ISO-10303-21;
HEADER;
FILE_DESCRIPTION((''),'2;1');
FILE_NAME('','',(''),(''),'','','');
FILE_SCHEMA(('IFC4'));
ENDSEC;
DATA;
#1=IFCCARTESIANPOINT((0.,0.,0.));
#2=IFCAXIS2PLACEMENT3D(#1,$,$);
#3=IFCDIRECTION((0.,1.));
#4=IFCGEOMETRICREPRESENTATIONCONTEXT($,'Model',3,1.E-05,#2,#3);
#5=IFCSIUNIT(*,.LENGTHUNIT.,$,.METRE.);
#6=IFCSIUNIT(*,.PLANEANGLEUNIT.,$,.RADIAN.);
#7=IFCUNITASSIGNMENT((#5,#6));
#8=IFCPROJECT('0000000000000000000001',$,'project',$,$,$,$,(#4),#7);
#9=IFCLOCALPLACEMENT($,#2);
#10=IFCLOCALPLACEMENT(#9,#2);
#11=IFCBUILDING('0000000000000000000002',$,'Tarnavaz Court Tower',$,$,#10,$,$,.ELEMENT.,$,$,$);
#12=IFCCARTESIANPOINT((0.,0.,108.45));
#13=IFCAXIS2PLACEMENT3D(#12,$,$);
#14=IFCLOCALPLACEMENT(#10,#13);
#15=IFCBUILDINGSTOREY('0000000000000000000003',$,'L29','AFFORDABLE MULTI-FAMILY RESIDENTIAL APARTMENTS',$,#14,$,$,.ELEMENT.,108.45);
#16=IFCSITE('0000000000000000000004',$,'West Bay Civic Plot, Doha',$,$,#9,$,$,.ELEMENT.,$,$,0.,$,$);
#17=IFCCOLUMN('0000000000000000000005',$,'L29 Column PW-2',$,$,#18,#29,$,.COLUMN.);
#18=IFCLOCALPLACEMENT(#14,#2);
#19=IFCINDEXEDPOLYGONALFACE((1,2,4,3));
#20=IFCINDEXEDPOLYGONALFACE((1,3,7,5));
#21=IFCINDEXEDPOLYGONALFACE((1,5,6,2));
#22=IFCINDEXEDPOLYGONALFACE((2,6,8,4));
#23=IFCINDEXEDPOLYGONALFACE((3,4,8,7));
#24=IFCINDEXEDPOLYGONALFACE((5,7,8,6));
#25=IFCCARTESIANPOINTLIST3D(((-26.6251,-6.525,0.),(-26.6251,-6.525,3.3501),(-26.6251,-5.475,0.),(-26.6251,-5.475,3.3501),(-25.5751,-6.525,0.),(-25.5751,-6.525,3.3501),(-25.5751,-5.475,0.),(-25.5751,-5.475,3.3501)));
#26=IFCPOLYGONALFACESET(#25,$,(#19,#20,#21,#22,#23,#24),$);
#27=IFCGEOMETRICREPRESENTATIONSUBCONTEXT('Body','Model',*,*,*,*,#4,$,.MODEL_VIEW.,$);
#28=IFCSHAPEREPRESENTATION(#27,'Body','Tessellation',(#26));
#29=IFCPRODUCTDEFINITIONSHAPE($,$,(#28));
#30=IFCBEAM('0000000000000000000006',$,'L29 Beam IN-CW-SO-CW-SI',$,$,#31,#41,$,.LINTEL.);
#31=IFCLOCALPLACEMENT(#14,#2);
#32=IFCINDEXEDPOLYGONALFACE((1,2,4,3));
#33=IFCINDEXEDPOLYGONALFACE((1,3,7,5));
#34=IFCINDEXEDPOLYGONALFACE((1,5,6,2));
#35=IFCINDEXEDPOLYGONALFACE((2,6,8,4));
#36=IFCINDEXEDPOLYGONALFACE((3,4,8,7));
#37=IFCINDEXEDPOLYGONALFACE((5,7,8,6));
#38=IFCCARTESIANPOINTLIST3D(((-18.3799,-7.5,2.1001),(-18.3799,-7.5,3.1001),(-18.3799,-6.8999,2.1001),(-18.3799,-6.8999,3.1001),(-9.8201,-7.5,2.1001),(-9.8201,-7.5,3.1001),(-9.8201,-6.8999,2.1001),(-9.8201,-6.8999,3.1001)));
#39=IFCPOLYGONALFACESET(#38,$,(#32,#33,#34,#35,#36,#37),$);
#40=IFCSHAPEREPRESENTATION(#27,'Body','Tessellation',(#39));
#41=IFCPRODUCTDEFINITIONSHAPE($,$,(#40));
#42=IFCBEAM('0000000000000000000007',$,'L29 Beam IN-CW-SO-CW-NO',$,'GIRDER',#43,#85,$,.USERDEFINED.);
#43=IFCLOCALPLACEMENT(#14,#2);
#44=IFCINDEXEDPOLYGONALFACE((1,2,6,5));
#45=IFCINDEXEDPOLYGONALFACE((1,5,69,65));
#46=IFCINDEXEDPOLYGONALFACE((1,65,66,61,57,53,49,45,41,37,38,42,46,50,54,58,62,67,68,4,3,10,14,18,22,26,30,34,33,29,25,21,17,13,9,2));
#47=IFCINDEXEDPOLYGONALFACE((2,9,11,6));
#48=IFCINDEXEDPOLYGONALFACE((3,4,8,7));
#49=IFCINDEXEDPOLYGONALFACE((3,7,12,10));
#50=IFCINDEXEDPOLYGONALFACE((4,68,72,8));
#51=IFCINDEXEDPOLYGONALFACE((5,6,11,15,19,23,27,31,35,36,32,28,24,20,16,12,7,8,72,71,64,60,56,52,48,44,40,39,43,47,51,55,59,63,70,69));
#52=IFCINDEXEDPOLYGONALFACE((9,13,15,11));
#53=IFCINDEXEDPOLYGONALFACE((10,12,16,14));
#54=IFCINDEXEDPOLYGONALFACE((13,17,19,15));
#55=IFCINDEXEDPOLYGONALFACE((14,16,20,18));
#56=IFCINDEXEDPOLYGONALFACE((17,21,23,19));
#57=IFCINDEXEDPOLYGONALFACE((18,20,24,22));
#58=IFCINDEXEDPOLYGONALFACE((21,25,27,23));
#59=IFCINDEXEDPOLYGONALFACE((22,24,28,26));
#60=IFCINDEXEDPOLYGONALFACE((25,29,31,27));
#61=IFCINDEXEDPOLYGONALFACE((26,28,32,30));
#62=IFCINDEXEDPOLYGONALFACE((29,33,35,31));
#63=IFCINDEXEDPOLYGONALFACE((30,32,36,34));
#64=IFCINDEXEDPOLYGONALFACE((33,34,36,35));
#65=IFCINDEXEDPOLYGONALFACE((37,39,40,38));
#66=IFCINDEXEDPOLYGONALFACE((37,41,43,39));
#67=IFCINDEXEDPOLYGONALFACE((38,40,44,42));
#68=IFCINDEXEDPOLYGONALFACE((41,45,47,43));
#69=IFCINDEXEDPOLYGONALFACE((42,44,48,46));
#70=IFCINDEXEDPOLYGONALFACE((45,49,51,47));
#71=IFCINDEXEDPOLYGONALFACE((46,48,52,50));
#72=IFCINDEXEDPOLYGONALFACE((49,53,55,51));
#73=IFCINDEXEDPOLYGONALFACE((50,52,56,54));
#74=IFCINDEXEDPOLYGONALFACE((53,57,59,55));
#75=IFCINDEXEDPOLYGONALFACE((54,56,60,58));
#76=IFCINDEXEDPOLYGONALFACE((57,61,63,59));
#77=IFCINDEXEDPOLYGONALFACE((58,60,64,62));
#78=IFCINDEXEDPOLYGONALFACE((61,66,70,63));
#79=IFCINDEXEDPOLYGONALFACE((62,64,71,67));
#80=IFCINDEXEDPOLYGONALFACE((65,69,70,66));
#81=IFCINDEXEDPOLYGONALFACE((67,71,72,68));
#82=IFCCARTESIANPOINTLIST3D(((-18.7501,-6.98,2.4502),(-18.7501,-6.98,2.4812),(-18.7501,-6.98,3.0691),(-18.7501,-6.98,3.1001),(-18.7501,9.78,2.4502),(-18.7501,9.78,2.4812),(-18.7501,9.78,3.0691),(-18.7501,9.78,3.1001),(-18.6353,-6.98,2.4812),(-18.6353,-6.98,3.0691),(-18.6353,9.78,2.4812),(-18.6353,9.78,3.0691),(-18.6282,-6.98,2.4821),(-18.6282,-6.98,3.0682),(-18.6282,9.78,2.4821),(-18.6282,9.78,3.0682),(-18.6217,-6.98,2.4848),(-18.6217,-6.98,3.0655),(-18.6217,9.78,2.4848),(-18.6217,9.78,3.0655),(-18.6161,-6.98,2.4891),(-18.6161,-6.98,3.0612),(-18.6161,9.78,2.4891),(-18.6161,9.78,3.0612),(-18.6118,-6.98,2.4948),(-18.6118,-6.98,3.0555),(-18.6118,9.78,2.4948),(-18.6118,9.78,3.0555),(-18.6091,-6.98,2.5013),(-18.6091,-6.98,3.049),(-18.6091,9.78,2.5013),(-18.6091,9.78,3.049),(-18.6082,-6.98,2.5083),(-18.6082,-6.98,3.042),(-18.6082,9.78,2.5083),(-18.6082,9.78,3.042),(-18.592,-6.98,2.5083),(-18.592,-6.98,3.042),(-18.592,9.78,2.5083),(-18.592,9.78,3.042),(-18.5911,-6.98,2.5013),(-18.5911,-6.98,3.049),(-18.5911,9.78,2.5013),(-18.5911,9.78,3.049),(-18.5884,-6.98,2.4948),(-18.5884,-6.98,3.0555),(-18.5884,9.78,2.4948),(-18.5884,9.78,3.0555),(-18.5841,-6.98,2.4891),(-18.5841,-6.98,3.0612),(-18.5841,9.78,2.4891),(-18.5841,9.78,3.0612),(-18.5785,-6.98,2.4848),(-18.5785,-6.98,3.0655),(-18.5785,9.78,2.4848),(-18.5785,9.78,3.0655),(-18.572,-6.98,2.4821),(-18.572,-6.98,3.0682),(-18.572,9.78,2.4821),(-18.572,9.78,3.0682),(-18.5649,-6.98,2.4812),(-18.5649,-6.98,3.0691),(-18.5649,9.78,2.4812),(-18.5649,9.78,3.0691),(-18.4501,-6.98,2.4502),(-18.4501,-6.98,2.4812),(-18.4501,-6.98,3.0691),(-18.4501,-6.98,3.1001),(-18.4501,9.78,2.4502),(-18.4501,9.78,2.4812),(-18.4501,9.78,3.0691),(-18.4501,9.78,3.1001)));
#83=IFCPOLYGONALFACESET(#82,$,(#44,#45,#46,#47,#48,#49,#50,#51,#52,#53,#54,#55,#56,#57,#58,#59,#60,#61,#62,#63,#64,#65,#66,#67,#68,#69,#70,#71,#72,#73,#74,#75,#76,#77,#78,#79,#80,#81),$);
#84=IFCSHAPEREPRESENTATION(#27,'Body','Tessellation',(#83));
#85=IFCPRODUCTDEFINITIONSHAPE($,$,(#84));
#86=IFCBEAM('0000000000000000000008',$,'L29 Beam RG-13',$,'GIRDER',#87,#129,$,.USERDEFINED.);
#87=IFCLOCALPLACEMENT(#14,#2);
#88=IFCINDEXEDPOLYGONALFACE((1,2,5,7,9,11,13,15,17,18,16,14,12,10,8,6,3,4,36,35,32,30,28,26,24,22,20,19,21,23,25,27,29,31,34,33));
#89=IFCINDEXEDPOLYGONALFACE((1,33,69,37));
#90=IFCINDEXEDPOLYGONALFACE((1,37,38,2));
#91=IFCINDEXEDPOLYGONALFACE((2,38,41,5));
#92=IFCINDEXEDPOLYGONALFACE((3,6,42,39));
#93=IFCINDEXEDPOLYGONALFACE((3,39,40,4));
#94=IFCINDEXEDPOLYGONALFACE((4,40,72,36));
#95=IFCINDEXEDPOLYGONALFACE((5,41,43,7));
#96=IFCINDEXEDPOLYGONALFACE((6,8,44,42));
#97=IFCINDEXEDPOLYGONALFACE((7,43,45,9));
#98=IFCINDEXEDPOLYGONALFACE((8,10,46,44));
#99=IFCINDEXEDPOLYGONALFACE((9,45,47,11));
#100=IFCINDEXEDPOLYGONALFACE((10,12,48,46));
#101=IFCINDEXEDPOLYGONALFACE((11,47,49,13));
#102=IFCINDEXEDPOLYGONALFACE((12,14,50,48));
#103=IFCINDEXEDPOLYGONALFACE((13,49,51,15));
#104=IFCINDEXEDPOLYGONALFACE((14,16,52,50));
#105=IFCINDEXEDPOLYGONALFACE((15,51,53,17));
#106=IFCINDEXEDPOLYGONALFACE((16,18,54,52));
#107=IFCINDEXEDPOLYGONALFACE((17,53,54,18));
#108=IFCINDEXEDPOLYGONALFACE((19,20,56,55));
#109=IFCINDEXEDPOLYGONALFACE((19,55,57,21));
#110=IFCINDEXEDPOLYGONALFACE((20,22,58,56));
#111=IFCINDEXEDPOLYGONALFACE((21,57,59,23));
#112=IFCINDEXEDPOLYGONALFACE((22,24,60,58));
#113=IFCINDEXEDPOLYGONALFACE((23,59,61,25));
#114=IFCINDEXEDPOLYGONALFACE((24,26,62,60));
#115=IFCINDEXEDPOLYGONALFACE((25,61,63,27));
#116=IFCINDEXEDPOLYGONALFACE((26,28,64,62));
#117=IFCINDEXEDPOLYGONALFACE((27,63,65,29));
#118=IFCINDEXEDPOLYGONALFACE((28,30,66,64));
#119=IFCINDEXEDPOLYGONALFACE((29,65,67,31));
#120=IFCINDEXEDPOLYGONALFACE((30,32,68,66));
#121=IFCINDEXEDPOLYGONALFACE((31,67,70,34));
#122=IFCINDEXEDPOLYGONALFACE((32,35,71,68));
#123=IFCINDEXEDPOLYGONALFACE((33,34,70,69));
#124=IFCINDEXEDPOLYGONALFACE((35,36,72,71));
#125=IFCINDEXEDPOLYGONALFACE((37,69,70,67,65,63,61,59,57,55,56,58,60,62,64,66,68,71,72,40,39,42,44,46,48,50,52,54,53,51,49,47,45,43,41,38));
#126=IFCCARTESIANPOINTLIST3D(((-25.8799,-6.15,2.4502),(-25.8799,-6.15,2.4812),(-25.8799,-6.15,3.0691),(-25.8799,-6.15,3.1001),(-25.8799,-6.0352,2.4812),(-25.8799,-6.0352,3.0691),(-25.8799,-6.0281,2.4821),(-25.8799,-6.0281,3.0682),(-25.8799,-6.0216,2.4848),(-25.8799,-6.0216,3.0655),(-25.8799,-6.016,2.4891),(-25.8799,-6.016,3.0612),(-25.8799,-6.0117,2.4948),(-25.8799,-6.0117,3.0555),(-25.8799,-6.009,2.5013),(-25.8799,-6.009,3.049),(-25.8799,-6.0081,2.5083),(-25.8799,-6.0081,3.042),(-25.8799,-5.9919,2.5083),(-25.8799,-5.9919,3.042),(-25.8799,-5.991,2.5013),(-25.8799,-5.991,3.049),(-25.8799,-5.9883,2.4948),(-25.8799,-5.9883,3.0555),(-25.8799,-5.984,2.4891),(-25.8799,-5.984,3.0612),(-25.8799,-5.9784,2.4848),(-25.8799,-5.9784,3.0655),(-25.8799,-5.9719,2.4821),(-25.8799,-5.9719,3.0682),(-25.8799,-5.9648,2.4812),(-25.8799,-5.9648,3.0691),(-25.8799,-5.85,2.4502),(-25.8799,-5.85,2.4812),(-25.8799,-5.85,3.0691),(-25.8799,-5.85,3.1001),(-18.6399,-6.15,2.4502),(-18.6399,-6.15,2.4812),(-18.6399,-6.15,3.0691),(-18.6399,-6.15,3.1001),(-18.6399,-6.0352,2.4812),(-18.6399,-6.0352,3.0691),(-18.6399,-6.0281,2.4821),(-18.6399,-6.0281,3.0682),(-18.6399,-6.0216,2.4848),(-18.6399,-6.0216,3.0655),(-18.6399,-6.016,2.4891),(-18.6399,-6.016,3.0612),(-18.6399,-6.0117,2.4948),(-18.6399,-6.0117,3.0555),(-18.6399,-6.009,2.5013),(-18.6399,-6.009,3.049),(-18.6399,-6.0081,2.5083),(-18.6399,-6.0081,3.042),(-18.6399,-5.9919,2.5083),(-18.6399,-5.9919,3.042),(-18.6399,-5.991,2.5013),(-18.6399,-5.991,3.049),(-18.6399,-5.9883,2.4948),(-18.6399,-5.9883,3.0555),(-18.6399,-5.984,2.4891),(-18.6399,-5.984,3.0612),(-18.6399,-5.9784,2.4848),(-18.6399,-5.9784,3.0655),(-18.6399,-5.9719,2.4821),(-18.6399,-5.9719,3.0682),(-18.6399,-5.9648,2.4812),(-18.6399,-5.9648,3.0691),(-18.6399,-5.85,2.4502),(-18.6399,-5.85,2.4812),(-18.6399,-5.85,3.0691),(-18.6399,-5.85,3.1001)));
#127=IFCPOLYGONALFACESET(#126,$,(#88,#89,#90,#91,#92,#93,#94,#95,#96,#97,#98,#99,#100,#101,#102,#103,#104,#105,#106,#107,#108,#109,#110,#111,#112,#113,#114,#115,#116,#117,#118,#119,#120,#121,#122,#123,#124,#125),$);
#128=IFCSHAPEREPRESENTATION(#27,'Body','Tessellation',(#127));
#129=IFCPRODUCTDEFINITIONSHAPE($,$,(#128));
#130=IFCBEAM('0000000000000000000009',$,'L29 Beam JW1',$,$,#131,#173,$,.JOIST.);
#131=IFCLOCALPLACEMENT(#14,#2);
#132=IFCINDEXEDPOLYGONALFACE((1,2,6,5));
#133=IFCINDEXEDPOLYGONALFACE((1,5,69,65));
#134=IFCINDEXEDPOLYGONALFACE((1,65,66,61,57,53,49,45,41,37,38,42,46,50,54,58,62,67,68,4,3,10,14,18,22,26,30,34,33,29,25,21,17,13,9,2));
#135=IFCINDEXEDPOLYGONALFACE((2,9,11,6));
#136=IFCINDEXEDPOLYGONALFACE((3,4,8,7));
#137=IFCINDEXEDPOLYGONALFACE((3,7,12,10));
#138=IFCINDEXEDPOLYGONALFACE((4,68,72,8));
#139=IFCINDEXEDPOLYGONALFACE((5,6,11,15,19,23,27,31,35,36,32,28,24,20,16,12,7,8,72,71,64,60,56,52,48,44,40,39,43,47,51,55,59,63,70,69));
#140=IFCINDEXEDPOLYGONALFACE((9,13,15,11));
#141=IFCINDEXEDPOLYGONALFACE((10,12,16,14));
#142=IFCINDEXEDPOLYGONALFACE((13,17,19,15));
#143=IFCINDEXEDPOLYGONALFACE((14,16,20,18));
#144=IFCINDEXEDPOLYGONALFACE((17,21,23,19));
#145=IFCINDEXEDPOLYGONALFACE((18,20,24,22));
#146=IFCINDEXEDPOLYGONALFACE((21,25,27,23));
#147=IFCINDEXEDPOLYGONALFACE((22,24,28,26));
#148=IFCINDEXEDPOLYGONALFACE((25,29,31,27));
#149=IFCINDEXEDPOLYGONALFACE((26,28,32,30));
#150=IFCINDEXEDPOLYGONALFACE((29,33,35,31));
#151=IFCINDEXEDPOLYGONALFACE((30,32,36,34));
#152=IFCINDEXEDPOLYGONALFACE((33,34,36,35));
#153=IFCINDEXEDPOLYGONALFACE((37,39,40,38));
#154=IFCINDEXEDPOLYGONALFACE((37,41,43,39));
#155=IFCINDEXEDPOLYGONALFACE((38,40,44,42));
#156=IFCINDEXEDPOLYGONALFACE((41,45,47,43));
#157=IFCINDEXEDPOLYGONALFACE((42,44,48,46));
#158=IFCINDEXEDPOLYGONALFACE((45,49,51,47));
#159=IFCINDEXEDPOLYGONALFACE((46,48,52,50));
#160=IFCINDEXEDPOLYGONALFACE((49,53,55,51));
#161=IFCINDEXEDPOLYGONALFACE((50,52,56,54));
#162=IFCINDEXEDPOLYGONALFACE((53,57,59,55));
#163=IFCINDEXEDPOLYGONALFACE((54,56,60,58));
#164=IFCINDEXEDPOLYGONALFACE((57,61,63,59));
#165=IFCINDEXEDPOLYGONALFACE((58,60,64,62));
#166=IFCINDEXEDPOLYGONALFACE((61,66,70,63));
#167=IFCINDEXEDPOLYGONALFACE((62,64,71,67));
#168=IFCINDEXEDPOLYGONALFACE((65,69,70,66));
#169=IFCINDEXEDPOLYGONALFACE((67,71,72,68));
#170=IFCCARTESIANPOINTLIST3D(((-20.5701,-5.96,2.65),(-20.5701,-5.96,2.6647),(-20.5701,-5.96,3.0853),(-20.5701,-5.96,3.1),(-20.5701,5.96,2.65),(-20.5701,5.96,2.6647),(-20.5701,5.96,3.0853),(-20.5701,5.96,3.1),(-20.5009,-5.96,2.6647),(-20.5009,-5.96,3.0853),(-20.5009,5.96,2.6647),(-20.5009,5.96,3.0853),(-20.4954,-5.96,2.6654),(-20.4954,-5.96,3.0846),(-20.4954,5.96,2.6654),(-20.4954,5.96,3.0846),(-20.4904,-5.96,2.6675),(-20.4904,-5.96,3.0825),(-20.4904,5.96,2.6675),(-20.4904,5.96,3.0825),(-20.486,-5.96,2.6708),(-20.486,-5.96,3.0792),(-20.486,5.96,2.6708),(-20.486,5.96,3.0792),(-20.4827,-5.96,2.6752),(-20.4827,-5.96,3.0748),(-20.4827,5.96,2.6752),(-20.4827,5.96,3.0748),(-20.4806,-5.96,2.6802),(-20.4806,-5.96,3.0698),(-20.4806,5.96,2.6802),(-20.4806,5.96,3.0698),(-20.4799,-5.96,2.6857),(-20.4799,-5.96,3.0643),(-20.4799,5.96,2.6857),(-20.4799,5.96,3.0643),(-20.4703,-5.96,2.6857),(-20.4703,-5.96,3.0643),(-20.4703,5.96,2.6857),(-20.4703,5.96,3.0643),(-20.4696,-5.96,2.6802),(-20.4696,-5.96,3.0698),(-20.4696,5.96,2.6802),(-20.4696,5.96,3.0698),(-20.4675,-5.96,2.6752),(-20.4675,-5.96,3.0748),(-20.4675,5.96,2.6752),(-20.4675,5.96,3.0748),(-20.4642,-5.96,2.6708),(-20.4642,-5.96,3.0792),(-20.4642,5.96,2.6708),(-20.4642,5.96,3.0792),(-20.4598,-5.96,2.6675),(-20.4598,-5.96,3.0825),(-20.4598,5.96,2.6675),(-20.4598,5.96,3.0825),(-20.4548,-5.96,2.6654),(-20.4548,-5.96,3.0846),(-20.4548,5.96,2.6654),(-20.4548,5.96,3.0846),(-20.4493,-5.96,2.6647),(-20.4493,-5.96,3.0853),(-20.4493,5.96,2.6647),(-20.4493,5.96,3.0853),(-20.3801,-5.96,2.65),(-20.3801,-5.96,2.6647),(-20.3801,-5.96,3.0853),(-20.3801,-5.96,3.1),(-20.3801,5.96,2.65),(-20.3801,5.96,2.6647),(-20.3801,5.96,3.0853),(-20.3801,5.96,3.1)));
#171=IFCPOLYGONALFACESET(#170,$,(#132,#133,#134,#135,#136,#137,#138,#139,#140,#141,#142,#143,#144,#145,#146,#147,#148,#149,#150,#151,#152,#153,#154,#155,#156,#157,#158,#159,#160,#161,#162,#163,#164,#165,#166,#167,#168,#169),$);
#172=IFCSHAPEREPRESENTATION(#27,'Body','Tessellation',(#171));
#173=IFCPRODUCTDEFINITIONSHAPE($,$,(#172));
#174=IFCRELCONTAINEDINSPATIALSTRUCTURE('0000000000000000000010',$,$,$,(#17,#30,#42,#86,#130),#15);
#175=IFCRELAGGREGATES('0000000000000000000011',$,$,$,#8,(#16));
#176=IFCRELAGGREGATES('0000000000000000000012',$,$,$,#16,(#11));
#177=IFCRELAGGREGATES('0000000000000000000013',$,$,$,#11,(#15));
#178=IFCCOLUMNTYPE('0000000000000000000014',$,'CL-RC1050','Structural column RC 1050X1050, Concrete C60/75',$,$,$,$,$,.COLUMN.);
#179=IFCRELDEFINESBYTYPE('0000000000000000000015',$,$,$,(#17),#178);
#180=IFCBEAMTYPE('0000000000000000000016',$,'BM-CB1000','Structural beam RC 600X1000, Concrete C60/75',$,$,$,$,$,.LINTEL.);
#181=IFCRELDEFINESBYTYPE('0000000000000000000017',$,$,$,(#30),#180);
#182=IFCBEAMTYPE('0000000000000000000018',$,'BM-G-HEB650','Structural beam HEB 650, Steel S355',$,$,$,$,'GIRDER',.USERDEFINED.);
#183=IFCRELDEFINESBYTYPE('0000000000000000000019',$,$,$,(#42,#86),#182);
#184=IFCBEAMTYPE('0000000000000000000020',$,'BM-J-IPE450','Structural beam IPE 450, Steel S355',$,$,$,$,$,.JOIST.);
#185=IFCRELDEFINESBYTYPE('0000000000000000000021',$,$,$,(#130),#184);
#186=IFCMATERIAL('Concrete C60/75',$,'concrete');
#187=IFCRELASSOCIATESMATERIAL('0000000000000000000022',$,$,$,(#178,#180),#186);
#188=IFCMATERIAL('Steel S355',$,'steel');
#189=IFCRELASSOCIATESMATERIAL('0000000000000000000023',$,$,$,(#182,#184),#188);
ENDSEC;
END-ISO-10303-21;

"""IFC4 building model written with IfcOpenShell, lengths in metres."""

from ifc_helpers import new_model, si_unit, direction, frame, origin, origin_2d, place, context, subcontext, project, spatial, rectangle, i_section, extrude, material, material_profile, profile_set, type_object, element, save


model = new_model("IFC4")

# Units and contexts
model_context = context("Model", 3, precision=1e-05, world=origin(), true_north=direction((0.0, 1.0)))
body_context = subcontext(model_context, "Body", "Model", "MODEL_VIEW")
ifc_project = project(units=[si_unit("LENGTHUNIT", "METRE"), si_unit("PLANEANGLEUNIT", "RADIAN")], contexts=[model_context])

# Site, building, storey
site_placement = place(None, origin())
site = spatial("IfcSite", under=ifc_project, at=site_placement, Name="West Bay Civic Plot, Doha", CompositionType="ELEMENT", RefElevation=0.0)
building_placement = place(site_placement, origin())
building = spatial("IfcBuilding", under=site, at=building_placement, Name="Tarnavaz Court Tower", CompositionType="ELEMENT")
storey_placement = place(building_placement, frame((0.0, 0.0, 108.45)))
storey = spatial("IfcBuildingStorey", under=building, at=storey_placement, Name="L29", Description="AFFORDABLE MULTI-FAMILY RESIDENTIAL APARTMENTS", CompositionType="ELEMENT", Elevation=108.45)

# Column
ifc_material_1 = material(Name="Concrete C60/75", Category="concrete")
ifc_material_profile_1 = material_profile(ifc_material_1, rectangle(XDim=1.05, YDim=1.05, at=origin_2d()), Name="RC 1050X1050")
ifc_profile_set_1 = profile_set([ifc_material_profile_1], Name="Concrete C60/75")
column_type = type_object("IfcColumnType", Name="CL-RC1050", Description="Structural column RC 1050X1050, Concrete C60/75", PredefinedType="COLUMN", material=ifc_profile_set_1)
column_placement = place(storey_placement, frame((-26.1001, -6.0, 0.0), z_axis=(0.0, 0.0, 1.0), x_axis=(1.0, 0.0, 0.0)))
element("IfcColumn", 1, at=column_placement, inside=storey, type_object=column_type, Name="L29 Column PW-2", PredefinedType="COLUMN", context=body_context, shape_type="SweptSolid", body=[
    extrude(rectangle(XDim=1.05, YDim=1.05, at=origin_2d()), origin(), (0.0, 0.0, 1.0), 3.3501),
])

# Beams
ifc_material_profile_2 = material_profile(ifc_material_1, rectangle(XDim=0.6001, YDim=1.0, at=origin_2d()), Name="RC 600X1000")
ifc_profile_set_2 = profile_set([ifc_material_profile_2], Name="Concrete C60/75")
beam_type_1 = type_object("IfcBeamType", Name="BM-CB1000", Description="Structural beam RC 600X1000, Concrete C60/75", PredefinedType="LINTEL", material=ifc_profile_set_2)
beam_1_placement = place(storey_placement, frame((-18.3799, -7.2, 2.6001), z_axis=(1.0, 0.0, 0.0), x_axis=(0.0, 1.0, 0.0)))
element("IfcBeam", 2, at=beam_1_placement, inside=storey, type_object=beam_type_1, Name="L29 Beam IN-CW-SO-CW-SI", PredefinedType="LINTEL", context=body_context, shape_type="SweptSolid", body=[
    extrude(rectangle(XDim=0.6001, YDim=1.0, at=origin_2d()), origin(), (0.0, 0.0, 1.0), 8.5598),
])
ifc_material_2 = material(Name="Steel S355", Category="steel")
ifc_material_profile_3 = material_profile(ifc_material_2, i_section(OverallWidth=0.3, OverallDepth=0.6499, WebThickness=0.0161, FlangeThickness=0.031, FilletRadius=0.0271, at=origin_2d()), Name="HEB 650")
ifc_profile_set_3 = profile_set([ifc_material_profile_3], Name="Steel S355")
beam_type_2 = type_object("IfcBeamType", Name="BM-G-HEB650", Description="Structural beam HEB 650, Steel S355", ElementType="GIRDER", PredefinedType="USERDEFINED", material=ifc_profile_set_3)
beam_2_placement = place(storey_placement, frame((-18.6001, -6.98, 2.7751), z_axis=(0.0, 1.0, 0.0), x_axis=(-1.0, 0.0, 0.0)))
element("IfcBeam", 3, at=beam_2_placement, inside=storey, type_object=beam_type_2, Name="L29 Beam IN-CW-SO-CW-NO", ObjectType="GIRDER", PredefinedType="USERDEFINED", context=body_context, shape_type="SweptSolid", body=[
    extrude(i_section(OverallWidth=0.3, OverallDepth=0.6499, WebThickness=0.0161, FlangeThickness=0.031, FilletRadius=0.0271, at=origin_2d()), origin(), (0.0, 0.0, 1.0), 16.76),
])
beam_3_placement = place(storey_placement, frame((-18.6399, -6.0, 2.7751), z_axis=(-1.0, 0.0, 0.0), x_axis=(0.0, -1.0, 0.0)))
element("IfcBeam", 4, at=beam_3_placement, inside=storey, type_object=beam_type_2, Name="L29 Beam RG-13", ObjectType="GIRDER", PredefinedType="USERDEFINED", context=body_context, shape_type="SweptSolid", body=[
    extrude(i_section(OverallWidth=0.3, OverallDepth=0.6499, WebThickness=0.0161, FlangeThickness=0.031, FilletRadius=0.0271, at=origin_2d()), origin(), (0.0, 0.0, 1.0), 7.24),
])
ifc_material_profile_4 = material_profile(ifc_material_2, i_section(OverallWidth=0.1899, OverallDepth=0.45, WebThickness=0.0095, FlangeThickness=0.0146, FilletRadius=0.021, at=origin_2d()), Name="IPE 450")
ifc_profile_set_4 = profile_set([ifc_material_profile_4], Name="Steel S355")
beam_type_3 = type_object("IfcBeamType", Name="BM-J-IPE450", Description="Structural beam IPE 450, Steel S355", PredefinedType="JOIST", material=ifc_profile_set_4)
for number, where, z_axis, x_axis, name in (
    (5, (-20.4751, -5.96, 2.875), (0.0, 1.0, 0.0), (-1.0, 0.0, 0.0), "L29 Beam JW1"),
):
    element("IfcBeam", number, at=place(storey_placement, frame(where, z_axis=z_axis, x_axis=x_axis)), inside=storey, type_object=beam_type_3, Name=name, PredefinedType="JOIST", context=body_context, shape_type="SweptSolid", body=[
        extrude(i_section(OverallWidth=0.1899, OverallDepth=0.45, WebThickness=0.0095, FlangeThickness=0.0146, FilletRadius=0.021, at=origin_2d()), origin(), (0.0, 0.0, 1.0), 11.9199),
    ])

save(model, "model.ifc")
